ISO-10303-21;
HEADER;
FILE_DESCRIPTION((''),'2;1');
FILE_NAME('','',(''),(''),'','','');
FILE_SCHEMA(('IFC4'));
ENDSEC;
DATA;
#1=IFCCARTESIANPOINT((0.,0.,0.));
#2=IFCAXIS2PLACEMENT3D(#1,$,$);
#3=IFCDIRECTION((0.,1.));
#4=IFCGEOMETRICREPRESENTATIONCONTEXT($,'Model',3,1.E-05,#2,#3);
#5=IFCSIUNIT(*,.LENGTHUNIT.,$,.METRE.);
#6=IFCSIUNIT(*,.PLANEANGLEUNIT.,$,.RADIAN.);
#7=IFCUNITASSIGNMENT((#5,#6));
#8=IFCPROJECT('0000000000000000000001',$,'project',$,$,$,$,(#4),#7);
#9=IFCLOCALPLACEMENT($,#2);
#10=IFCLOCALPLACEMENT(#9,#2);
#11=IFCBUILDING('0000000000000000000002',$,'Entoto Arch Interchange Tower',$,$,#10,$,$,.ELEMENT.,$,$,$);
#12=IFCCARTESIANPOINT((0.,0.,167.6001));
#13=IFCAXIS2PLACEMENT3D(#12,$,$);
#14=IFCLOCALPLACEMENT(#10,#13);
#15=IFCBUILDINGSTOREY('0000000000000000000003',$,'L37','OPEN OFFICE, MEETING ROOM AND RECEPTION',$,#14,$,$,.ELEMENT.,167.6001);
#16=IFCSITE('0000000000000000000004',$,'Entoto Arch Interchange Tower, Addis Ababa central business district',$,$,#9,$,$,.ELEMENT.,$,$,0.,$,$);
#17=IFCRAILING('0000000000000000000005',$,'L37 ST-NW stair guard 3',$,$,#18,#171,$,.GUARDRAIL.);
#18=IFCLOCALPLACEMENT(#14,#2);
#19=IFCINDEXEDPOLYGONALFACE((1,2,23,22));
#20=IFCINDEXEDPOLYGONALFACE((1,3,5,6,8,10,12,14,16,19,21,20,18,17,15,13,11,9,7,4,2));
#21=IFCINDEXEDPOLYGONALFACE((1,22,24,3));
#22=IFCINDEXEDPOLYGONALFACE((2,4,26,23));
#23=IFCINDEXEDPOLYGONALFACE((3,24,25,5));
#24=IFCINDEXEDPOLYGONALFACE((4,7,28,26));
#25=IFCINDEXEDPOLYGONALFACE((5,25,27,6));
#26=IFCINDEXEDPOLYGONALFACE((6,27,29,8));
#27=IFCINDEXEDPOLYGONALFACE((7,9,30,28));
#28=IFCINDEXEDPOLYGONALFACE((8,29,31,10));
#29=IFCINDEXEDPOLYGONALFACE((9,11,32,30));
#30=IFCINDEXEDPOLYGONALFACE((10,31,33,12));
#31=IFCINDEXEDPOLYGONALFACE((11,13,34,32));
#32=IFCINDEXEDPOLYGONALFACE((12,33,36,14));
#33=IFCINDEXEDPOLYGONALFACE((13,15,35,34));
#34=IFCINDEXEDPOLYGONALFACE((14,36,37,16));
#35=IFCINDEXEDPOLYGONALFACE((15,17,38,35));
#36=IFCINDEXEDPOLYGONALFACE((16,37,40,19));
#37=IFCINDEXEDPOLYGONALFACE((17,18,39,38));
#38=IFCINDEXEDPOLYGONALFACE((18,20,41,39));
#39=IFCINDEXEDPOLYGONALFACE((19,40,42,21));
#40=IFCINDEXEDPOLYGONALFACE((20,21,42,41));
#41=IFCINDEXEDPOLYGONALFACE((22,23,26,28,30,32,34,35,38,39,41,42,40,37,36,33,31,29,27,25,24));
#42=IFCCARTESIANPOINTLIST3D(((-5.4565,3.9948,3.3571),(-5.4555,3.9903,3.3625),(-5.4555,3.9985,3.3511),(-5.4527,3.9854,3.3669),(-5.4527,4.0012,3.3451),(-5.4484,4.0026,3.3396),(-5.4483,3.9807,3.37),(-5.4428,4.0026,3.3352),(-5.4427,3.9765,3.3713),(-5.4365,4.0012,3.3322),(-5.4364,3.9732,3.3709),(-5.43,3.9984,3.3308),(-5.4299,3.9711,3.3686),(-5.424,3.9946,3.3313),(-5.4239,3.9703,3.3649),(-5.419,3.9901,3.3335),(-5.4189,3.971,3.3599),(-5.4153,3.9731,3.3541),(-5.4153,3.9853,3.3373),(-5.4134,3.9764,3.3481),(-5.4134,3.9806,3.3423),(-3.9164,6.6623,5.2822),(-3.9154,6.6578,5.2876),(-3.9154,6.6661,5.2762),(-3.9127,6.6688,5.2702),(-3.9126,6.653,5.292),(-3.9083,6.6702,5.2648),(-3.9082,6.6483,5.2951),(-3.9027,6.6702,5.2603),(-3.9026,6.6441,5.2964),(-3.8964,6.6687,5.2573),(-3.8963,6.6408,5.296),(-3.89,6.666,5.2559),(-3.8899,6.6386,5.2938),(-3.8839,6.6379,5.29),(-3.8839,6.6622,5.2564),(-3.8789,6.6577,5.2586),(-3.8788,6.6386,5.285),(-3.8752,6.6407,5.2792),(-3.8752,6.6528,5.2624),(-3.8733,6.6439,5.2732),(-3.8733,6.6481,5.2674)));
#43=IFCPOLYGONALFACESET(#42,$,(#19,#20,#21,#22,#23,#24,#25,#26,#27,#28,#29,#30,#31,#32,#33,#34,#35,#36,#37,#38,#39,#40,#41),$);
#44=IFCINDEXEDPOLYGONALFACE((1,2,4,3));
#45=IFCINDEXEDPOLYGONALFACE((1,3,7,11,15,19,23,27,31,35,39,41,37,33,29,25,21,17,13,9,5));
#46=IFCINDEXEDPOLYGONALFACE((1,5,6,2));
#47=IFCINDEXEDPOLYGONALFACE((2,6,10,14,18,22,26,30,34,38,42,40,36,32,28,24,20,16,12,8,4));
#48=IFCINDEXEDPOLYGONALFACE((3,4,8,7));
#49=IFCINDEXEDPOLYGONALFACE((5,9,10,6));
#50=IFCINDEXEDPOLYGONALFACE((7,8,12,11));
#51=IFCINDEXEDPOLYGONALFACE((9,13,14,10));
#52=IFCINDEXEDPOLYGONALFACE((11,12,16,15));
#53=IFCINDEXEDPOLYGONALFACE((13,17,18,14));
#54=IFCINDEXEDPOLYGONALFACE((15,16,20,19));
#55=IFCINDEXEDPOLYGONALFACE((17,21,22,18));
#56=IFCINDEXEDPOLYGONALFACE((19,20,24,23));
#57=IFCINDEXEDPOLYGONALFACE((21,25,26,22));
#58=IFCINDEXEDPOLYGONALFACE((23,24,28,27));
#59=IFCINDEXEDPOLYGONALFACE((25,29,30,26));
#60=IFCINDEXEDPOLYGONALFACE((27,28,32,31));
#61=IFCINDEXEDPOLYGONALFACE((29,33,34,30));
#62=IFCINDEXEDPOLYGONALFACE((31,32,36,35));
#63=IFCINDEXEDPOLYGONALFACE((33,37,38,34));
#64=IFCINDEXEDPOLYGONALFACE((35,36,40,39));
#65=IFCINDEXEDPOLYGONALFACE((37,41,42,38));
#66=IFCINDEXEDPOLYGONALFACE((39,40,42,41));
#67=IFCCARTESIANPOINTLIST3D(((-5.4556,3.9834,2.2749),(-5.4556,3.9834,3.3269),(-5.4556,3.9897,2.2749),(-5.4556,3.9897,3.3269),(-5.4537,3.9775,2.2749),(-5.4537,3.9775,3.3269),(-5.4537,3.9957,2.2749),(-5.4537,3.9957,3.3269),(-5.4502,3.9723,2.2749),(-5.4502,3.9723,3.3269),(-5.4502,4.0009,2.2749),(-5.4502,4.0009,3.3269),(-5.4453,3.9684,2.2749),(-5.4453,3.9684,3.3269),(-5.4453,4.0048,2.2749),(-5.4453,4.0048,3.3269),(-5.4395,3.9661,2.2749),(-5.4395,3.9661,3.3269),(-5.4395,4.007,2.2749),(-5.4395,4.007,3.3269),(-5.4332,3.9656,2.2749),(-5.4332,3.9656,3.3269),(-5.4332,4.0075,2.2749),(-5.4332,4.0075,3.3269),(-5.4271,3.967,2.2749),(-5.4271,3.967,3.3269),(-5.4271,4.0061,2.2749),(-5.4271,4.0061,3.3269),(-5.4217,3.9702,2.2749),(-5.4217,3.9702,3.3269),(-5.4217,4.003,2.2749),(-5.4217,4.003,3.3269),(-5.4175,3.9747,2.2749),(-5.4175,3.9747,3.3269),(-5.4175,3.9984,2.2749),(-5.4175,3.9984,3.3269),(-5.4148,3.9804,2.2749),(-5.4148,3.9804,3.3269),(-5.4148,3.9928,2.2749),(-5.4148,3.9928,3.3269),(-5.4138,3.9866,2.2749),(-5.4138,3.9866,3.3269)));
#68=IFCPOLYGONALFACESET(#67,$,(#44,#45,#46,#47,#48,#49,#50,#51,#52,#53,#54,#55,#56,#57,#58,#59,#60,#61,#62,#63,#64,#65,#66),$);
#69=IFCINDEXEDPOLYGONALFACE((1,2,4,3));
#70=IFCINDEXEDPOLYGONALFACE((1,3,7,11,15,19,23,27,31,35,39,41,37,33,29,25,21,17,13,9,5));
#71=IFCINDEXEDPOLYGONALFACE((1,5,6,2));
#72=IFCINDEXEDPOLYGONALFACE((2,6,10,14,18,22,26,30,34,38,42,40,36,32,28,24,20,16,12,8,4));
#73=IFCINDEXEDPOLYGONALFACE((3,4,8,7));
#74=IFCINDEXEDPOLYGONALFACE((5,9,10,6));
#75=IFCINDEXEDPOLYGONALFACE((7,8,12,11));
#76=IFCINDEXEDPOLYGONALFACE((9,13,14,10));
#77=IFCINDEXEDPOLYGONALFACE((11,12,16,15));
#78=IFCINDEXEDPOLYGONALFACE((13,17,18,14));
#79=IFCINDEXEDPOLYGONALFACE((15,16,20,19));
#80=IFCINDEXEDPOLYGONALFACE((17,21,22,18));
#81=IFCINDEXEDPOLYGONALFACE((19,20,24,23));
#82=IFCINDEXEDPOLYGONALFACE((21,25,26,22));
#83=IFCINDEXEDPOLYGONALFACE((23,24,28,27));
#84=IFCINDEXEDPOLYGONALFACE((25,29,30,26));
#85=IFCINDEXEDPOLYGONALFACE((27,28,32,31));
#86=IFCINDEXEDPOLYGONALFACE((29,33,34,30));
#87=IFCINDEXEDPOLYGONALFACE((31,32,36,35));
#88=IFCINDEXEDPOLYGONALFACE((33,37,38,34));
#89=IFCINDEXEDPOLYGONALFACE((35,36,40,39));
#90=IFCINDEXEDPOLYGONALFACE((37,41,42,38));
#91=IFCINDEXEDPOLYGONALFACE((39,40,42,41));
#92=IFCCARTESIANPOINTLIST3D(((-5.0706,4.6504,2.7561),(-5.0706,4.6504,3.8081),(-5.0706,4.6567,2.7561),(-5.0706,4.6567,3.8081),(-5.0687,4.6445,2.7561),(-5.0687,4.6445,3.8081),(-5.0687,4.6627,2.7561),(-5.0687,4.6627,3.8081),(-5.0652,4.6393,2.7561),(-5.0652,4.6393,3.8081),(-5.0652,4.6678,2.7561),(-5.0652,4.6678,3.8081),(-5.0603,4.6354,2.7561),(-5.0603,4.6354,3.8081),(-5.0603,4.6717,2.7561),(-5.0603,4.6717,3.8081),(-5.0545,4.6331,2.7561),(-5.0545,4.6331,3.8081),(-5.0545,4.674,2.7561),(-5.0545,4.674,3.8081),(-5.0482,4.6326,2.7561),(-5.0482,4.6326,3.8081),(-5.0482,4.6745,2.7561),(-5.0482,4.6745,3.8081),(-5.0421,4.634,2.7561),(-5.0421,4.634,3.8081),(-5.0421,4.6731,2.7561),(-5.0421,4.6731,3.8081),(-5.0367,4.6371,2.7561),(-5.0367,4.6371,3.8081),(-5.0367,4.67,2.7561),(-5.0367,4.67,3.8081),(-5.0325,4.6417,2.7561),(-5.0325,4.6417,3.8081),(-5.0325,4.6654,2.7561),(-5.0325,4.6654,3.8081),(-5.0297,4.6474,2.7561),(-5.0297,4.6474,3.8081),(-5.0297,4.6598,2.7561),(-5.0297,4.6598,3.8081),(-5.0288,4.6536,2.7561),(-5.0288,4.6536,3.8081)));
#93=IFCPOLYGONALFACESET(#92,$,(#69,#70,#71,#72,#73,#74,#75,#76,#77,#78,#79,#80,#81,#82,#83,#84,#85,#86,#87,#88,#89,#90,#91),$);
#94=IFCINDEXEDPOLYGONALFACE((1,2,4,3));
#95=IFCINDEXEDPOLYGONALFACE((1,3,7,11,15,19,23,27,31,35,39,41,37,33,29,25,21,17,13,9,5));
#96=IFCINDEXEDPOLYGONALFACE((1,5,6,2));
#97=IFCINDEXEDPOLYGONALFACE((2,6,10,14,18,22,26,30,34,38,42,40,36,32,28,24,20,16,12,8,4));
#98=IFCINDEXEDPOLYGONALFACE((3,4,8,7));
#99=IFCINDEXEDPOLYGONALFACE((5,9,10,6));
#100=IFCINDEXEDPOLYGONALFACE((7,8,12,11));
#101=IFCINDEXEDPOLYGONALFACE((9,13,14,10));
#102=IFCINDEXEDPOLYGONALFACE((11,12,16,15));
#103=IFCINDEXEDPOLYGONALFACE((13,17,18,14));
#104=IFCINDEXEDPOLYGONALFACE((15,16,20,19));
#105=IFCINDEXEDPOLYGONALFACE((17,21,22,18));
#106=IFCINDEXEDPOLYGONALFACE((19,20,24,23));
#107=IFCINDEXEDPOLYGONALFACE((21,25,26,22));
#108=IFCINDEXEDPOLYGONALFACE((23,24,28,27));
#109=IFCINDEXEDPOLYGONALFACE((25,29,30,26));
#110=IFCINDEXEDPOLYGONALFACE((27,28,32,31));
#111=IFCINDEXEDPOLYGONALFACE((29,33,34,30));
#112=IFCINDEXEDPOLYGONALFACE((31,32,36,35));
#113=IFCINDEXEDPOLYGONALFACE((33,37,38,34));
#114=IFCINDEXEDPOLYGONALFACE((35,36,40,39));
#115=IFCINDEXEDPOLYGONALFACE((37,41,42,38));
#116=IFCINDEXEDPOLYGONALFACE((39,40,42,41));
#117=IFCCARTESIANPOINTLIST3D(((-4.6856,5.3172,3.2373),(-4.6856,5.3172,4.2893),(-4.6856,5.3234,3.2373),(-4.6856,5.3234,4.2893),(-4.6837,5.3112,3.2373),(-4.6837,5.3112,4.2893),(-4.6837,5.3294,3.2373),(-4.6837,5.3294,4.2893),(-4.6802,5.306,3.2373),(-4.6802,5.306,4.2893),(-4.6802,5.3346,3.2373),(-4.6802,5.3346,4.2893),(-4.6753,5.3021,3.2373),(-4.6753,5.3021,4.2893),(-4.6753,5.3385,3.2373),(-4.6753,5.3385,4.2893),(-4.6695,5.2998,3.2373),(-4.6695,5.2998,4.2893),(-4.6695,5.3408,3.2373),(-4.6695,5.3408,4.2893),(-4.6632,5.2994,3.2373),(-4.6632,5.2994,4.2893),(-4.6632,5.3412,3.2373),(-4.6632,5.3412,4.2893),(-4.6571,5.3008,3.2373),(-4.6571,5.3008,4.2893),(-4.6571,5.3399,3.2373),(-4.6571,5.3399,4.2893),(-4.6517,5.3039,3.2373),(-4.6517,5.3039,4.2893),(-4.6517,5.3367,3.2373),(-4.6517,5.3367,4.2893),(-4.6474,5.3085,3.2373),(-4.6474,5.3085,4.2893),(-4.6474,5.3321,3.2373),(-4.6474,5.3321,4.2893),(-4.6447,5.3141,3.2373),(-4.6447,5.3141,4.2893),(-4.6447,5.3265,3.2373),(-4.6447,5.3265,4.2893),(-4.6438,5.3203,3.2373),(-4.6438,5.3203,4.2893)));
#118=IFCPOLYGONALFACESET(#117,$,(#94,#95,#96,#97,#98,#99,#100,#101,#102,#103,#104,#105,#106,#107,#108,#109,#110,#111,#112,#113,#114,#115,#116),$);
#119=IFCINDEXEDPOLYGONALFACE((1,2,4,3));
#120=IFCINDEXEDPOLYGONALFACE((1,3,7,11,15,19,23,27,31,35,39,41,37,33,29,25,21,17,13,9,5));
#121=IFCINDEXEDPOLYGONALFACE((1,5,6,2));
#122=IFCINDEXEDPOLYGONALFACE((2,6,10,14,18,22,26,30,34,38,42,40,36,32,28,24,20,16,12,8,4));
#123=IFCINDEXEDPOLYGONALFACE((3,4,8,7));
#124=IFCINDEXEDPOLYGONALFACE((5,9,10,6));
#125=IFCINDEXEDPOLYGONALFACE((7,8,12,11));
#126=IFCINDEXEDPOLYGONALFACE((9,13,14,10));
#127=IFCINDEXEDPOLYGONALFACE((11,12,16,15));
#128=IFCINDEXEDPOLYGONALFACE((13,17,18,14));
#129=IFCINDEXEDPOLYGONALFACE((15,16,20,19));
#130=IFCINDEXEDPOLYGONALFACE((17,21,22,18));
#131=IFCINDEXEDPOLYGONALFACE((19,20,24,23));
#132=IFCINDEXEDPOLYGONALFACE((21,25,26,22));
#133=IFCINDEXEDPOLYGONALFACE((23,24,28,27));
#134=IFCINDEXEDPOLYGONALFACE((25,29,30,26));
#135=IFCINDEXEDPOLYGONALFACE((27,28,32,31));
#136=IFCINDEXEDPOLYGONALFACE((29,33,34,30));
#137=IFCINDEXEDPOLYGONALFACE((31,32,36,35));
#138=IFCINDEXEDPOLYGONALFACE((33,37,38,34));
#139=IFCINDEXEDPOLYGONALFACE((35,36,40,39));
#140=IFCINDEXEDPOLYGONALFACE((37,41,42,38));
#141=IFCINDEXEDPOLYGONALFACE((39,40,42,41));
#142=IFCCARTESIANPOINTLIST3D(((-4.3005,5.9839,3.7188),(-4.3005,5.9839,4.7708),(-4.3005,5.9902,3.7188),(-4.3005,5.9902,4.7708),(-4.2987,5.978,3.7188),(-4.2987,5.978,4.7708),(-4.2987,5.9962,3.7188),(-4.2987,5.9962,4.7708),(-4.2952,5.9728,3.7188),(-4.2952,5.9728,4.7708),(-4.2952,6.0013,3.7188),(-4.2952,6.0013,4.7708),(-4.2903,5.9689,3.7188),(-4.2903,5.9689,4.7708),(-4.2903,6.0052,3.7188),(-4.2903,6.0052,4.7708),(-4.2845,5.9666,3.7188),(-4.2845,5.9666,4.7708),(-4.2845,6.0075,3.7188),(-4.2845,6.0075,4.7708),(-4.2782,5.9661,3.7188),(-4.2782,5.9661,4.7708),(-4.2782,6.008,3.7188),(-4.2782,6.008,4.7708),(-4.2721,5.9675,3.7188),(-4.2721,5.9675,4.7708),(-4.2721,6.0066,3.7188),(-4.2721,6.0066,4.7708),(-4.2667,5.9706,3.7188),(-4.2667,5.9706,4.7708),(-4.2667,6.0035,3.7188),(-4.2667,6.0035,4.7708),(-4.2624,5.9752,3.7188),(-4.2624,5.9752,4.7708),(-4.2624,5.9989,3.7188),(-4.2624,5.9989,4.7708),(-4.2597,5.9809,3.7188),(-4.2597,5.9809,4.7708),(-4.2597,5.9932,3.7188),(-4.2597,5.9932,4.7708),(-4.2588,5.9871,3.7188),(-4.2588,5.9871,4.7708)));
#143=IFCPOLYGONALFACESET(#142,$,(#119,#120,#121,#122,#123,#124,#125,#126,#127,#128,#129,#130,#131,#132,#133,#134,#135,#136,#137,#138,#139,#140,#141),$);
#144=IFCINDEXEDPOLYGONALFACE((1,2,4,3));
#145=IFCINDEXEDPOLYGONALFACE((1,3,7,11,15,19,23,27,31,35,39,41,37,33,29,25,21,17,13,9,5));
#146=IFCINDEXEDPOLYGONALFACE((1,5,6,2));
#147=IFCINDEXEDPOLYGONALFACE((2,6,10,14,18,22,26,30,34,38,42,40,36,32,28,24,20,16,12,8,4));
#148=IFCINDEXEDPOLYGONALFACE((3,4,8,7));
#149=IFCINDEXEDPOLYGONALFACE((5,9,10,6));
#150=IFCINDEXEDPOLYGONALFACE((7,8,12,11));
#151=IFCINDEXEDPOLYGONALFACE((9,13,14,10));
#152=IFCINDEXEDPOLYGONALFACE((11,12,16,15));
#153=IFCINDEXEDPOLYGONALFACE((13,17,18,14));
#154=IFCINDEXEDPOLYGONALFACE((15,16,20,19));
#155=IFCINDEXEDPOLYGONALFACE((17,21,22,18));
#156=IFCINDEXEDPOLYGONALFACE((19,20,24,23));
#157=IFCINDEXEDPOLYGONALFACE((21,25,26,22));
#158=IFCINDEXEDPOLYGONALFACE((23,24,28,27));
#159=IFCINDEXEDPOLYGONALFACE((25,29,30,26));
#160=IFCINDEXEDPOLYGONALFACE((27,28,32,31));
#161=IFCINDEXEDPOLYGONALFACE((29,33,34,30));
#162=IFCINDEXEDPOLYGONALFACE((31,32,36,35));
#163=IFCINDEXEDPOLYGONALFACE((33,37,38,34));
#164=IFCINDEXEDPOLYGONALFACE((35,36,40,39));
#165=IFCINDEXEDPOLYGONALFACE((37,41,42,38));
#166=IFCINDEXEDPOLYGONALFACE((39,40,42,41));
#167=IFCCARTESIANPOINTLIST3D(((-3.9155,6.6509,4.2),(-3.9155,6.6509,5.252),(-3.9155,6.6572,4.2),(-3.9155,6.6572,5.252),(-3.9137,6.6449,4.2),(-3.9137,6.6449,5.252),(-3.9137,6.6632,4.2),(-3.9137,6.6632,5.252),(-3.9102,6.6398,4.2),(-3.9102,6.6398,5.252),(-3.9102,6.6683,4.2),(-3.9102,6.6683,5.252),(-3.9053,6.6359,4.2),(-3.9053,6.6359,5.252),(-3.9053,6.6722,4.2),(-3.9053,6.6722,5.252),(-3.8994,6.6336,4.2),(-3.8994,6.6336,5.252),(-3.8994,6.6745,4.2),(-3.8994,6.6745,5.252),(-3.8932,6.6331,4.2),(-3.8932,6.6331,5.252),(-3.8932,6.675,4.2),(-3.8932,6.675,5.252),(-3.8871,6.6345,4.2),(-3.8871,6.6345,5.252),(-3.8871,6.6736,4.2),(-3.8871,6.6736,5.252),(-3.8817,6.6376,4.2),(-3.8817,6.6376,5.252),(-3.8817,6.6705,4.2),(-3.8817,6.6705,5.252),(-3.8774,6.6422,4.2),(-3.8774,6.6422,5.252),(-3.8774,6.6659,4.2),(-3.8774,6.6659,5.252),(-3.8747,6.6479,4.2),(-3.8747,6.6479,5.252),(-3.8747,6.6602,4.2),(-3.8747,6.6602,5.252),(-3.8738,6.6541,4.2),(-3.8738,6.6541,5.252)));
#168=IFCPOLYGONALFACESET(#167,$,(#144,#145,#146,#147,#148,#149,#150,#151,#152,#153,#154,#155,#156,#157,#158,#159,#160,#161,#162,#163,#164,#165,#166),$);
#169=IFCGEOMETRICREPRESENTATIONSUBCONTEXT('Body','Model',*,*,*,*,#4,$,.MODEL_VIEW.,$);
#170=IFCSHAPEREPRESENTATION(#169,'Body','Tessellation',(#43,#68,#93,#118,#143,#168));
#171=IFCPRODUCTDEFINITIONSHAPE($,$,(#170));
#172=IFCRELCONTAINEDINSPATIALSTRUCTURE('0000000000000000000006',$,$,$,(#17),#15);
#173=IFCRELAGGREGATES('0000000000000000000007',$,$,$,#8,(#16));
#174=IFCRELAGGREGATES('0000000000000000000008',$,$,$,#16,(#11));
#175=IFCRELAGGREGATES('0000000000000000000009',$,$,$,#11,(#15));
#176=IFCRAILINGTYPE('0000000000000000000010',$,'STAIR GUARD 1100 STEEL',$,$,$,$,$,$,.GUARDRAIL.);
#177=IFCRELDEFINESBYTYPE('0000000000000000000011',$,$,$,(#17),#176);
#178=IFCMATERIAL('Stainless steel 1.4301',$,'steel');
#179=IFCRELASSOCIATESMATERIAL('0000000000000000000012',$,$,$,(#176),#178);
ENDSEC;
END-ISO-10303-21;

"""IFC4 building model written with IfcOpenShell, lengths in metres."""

from ifc_helpers import new_model, si_unit, direction, frame, origin, origin_2d, place, context, subcontext, project, spatial, circle, extrude, material, type_object, element, save


model = new_model("IFC4")

# Units and contexts
model_context = context("Model", 3, precision=1e-05, world=origin(), true_north=direction((0.0, 1.0)))
body_context = subcontext(model_context, "Body", "Model", "MODEL_VIEW")
ifc_project = project(units=[si_unit("LENGTHUNIT", "METRE"), si_unit("PLANEANGLEUNIT", "RADIAN")], contexts=[model_context])

# Site, building, storey
site_placement = place(None, origin())
site = spatial("IfcSite", under=ifc_project, at=site_placement, Name="Entoto Arch Interchange Tower, Addis Ababa central business district", CompositionType="ELEMENT", RefElevation=0.0)
building_placement = place(site_placement, origin())
building = spatial("IfcBuilding", under=site, at=building_placement, Name="Entoto Arch Interchange Tower", CompositionType="ELEMENT")
storey_placement = place(building_placement, frame((0.0, 0.0, 167.6001)))
storey = spatial("IfcBuildingStorey", under=building, at=storey_placement, Name="L37", Description="OPEN OFFICE, MEETING ROOM AND RECEPTION", CompositionType="ELEMENT", Elevation=167.6001)

# Railing
ifc_material_1 = material(Name="Stainless steel 1.4301", Category="steel")
railing_type_1 = type_object("IfcRailingType", Name="STAIR GUARD 1100 STEEL", PredefinedType="GUARDRAIL", material=ifc_material_1)
railing_1_placement = place(storey_placement, frame((-5.4348, 3.9866, 2.2749)))
element("IfcRailing", 1, at=railing_1_placement, inside=storey, type_object=railing_type_1, Name="L37 ST-NW stair guard 3", PredefinedType="GUARDRAIL", context=body_context, shape_type="SweptSolid", body=[
    extrude(circle(Radius=0.0239, at=origin_2d()), frame((0.0, 0.0, 1.0762), z_axis=(0.423994, 0.734395, 0.529993), x_axis=(-0.86603, 0.499992, 0.0)), (0.0, 0.0, 1.0), 3.6323),
    extrude(circle(Radius=0.021, at=origin_2d()), origin(), (0.0, 0.0, 1.0), 1.052),
    extrude(circle(Radius=0.021, at=origin_2d()), frame((0.385, 0.667, 0.4812)), (0.0, 0.0, 1.0), 1.052),
    extrude(circle(Radius=0.021, at=origin_2d()), frame((0.77, 1.3337, 0.9624)), (0.0, 0.0, 1.0), 1.052),
    extrude(circle(Radius=0.021, at=origin_2d()), frame((1.155, 2.0005, 1.4438)), (0.0, 0.0, 1.0), 1.052),
    extrude(circle(Radius=0.021, at=origin_2d()), frame((1.54, 2.6675, 1.925)), (0.0, 0.0, 1.0), 1.052),
])

save(model, "model.ifc")
